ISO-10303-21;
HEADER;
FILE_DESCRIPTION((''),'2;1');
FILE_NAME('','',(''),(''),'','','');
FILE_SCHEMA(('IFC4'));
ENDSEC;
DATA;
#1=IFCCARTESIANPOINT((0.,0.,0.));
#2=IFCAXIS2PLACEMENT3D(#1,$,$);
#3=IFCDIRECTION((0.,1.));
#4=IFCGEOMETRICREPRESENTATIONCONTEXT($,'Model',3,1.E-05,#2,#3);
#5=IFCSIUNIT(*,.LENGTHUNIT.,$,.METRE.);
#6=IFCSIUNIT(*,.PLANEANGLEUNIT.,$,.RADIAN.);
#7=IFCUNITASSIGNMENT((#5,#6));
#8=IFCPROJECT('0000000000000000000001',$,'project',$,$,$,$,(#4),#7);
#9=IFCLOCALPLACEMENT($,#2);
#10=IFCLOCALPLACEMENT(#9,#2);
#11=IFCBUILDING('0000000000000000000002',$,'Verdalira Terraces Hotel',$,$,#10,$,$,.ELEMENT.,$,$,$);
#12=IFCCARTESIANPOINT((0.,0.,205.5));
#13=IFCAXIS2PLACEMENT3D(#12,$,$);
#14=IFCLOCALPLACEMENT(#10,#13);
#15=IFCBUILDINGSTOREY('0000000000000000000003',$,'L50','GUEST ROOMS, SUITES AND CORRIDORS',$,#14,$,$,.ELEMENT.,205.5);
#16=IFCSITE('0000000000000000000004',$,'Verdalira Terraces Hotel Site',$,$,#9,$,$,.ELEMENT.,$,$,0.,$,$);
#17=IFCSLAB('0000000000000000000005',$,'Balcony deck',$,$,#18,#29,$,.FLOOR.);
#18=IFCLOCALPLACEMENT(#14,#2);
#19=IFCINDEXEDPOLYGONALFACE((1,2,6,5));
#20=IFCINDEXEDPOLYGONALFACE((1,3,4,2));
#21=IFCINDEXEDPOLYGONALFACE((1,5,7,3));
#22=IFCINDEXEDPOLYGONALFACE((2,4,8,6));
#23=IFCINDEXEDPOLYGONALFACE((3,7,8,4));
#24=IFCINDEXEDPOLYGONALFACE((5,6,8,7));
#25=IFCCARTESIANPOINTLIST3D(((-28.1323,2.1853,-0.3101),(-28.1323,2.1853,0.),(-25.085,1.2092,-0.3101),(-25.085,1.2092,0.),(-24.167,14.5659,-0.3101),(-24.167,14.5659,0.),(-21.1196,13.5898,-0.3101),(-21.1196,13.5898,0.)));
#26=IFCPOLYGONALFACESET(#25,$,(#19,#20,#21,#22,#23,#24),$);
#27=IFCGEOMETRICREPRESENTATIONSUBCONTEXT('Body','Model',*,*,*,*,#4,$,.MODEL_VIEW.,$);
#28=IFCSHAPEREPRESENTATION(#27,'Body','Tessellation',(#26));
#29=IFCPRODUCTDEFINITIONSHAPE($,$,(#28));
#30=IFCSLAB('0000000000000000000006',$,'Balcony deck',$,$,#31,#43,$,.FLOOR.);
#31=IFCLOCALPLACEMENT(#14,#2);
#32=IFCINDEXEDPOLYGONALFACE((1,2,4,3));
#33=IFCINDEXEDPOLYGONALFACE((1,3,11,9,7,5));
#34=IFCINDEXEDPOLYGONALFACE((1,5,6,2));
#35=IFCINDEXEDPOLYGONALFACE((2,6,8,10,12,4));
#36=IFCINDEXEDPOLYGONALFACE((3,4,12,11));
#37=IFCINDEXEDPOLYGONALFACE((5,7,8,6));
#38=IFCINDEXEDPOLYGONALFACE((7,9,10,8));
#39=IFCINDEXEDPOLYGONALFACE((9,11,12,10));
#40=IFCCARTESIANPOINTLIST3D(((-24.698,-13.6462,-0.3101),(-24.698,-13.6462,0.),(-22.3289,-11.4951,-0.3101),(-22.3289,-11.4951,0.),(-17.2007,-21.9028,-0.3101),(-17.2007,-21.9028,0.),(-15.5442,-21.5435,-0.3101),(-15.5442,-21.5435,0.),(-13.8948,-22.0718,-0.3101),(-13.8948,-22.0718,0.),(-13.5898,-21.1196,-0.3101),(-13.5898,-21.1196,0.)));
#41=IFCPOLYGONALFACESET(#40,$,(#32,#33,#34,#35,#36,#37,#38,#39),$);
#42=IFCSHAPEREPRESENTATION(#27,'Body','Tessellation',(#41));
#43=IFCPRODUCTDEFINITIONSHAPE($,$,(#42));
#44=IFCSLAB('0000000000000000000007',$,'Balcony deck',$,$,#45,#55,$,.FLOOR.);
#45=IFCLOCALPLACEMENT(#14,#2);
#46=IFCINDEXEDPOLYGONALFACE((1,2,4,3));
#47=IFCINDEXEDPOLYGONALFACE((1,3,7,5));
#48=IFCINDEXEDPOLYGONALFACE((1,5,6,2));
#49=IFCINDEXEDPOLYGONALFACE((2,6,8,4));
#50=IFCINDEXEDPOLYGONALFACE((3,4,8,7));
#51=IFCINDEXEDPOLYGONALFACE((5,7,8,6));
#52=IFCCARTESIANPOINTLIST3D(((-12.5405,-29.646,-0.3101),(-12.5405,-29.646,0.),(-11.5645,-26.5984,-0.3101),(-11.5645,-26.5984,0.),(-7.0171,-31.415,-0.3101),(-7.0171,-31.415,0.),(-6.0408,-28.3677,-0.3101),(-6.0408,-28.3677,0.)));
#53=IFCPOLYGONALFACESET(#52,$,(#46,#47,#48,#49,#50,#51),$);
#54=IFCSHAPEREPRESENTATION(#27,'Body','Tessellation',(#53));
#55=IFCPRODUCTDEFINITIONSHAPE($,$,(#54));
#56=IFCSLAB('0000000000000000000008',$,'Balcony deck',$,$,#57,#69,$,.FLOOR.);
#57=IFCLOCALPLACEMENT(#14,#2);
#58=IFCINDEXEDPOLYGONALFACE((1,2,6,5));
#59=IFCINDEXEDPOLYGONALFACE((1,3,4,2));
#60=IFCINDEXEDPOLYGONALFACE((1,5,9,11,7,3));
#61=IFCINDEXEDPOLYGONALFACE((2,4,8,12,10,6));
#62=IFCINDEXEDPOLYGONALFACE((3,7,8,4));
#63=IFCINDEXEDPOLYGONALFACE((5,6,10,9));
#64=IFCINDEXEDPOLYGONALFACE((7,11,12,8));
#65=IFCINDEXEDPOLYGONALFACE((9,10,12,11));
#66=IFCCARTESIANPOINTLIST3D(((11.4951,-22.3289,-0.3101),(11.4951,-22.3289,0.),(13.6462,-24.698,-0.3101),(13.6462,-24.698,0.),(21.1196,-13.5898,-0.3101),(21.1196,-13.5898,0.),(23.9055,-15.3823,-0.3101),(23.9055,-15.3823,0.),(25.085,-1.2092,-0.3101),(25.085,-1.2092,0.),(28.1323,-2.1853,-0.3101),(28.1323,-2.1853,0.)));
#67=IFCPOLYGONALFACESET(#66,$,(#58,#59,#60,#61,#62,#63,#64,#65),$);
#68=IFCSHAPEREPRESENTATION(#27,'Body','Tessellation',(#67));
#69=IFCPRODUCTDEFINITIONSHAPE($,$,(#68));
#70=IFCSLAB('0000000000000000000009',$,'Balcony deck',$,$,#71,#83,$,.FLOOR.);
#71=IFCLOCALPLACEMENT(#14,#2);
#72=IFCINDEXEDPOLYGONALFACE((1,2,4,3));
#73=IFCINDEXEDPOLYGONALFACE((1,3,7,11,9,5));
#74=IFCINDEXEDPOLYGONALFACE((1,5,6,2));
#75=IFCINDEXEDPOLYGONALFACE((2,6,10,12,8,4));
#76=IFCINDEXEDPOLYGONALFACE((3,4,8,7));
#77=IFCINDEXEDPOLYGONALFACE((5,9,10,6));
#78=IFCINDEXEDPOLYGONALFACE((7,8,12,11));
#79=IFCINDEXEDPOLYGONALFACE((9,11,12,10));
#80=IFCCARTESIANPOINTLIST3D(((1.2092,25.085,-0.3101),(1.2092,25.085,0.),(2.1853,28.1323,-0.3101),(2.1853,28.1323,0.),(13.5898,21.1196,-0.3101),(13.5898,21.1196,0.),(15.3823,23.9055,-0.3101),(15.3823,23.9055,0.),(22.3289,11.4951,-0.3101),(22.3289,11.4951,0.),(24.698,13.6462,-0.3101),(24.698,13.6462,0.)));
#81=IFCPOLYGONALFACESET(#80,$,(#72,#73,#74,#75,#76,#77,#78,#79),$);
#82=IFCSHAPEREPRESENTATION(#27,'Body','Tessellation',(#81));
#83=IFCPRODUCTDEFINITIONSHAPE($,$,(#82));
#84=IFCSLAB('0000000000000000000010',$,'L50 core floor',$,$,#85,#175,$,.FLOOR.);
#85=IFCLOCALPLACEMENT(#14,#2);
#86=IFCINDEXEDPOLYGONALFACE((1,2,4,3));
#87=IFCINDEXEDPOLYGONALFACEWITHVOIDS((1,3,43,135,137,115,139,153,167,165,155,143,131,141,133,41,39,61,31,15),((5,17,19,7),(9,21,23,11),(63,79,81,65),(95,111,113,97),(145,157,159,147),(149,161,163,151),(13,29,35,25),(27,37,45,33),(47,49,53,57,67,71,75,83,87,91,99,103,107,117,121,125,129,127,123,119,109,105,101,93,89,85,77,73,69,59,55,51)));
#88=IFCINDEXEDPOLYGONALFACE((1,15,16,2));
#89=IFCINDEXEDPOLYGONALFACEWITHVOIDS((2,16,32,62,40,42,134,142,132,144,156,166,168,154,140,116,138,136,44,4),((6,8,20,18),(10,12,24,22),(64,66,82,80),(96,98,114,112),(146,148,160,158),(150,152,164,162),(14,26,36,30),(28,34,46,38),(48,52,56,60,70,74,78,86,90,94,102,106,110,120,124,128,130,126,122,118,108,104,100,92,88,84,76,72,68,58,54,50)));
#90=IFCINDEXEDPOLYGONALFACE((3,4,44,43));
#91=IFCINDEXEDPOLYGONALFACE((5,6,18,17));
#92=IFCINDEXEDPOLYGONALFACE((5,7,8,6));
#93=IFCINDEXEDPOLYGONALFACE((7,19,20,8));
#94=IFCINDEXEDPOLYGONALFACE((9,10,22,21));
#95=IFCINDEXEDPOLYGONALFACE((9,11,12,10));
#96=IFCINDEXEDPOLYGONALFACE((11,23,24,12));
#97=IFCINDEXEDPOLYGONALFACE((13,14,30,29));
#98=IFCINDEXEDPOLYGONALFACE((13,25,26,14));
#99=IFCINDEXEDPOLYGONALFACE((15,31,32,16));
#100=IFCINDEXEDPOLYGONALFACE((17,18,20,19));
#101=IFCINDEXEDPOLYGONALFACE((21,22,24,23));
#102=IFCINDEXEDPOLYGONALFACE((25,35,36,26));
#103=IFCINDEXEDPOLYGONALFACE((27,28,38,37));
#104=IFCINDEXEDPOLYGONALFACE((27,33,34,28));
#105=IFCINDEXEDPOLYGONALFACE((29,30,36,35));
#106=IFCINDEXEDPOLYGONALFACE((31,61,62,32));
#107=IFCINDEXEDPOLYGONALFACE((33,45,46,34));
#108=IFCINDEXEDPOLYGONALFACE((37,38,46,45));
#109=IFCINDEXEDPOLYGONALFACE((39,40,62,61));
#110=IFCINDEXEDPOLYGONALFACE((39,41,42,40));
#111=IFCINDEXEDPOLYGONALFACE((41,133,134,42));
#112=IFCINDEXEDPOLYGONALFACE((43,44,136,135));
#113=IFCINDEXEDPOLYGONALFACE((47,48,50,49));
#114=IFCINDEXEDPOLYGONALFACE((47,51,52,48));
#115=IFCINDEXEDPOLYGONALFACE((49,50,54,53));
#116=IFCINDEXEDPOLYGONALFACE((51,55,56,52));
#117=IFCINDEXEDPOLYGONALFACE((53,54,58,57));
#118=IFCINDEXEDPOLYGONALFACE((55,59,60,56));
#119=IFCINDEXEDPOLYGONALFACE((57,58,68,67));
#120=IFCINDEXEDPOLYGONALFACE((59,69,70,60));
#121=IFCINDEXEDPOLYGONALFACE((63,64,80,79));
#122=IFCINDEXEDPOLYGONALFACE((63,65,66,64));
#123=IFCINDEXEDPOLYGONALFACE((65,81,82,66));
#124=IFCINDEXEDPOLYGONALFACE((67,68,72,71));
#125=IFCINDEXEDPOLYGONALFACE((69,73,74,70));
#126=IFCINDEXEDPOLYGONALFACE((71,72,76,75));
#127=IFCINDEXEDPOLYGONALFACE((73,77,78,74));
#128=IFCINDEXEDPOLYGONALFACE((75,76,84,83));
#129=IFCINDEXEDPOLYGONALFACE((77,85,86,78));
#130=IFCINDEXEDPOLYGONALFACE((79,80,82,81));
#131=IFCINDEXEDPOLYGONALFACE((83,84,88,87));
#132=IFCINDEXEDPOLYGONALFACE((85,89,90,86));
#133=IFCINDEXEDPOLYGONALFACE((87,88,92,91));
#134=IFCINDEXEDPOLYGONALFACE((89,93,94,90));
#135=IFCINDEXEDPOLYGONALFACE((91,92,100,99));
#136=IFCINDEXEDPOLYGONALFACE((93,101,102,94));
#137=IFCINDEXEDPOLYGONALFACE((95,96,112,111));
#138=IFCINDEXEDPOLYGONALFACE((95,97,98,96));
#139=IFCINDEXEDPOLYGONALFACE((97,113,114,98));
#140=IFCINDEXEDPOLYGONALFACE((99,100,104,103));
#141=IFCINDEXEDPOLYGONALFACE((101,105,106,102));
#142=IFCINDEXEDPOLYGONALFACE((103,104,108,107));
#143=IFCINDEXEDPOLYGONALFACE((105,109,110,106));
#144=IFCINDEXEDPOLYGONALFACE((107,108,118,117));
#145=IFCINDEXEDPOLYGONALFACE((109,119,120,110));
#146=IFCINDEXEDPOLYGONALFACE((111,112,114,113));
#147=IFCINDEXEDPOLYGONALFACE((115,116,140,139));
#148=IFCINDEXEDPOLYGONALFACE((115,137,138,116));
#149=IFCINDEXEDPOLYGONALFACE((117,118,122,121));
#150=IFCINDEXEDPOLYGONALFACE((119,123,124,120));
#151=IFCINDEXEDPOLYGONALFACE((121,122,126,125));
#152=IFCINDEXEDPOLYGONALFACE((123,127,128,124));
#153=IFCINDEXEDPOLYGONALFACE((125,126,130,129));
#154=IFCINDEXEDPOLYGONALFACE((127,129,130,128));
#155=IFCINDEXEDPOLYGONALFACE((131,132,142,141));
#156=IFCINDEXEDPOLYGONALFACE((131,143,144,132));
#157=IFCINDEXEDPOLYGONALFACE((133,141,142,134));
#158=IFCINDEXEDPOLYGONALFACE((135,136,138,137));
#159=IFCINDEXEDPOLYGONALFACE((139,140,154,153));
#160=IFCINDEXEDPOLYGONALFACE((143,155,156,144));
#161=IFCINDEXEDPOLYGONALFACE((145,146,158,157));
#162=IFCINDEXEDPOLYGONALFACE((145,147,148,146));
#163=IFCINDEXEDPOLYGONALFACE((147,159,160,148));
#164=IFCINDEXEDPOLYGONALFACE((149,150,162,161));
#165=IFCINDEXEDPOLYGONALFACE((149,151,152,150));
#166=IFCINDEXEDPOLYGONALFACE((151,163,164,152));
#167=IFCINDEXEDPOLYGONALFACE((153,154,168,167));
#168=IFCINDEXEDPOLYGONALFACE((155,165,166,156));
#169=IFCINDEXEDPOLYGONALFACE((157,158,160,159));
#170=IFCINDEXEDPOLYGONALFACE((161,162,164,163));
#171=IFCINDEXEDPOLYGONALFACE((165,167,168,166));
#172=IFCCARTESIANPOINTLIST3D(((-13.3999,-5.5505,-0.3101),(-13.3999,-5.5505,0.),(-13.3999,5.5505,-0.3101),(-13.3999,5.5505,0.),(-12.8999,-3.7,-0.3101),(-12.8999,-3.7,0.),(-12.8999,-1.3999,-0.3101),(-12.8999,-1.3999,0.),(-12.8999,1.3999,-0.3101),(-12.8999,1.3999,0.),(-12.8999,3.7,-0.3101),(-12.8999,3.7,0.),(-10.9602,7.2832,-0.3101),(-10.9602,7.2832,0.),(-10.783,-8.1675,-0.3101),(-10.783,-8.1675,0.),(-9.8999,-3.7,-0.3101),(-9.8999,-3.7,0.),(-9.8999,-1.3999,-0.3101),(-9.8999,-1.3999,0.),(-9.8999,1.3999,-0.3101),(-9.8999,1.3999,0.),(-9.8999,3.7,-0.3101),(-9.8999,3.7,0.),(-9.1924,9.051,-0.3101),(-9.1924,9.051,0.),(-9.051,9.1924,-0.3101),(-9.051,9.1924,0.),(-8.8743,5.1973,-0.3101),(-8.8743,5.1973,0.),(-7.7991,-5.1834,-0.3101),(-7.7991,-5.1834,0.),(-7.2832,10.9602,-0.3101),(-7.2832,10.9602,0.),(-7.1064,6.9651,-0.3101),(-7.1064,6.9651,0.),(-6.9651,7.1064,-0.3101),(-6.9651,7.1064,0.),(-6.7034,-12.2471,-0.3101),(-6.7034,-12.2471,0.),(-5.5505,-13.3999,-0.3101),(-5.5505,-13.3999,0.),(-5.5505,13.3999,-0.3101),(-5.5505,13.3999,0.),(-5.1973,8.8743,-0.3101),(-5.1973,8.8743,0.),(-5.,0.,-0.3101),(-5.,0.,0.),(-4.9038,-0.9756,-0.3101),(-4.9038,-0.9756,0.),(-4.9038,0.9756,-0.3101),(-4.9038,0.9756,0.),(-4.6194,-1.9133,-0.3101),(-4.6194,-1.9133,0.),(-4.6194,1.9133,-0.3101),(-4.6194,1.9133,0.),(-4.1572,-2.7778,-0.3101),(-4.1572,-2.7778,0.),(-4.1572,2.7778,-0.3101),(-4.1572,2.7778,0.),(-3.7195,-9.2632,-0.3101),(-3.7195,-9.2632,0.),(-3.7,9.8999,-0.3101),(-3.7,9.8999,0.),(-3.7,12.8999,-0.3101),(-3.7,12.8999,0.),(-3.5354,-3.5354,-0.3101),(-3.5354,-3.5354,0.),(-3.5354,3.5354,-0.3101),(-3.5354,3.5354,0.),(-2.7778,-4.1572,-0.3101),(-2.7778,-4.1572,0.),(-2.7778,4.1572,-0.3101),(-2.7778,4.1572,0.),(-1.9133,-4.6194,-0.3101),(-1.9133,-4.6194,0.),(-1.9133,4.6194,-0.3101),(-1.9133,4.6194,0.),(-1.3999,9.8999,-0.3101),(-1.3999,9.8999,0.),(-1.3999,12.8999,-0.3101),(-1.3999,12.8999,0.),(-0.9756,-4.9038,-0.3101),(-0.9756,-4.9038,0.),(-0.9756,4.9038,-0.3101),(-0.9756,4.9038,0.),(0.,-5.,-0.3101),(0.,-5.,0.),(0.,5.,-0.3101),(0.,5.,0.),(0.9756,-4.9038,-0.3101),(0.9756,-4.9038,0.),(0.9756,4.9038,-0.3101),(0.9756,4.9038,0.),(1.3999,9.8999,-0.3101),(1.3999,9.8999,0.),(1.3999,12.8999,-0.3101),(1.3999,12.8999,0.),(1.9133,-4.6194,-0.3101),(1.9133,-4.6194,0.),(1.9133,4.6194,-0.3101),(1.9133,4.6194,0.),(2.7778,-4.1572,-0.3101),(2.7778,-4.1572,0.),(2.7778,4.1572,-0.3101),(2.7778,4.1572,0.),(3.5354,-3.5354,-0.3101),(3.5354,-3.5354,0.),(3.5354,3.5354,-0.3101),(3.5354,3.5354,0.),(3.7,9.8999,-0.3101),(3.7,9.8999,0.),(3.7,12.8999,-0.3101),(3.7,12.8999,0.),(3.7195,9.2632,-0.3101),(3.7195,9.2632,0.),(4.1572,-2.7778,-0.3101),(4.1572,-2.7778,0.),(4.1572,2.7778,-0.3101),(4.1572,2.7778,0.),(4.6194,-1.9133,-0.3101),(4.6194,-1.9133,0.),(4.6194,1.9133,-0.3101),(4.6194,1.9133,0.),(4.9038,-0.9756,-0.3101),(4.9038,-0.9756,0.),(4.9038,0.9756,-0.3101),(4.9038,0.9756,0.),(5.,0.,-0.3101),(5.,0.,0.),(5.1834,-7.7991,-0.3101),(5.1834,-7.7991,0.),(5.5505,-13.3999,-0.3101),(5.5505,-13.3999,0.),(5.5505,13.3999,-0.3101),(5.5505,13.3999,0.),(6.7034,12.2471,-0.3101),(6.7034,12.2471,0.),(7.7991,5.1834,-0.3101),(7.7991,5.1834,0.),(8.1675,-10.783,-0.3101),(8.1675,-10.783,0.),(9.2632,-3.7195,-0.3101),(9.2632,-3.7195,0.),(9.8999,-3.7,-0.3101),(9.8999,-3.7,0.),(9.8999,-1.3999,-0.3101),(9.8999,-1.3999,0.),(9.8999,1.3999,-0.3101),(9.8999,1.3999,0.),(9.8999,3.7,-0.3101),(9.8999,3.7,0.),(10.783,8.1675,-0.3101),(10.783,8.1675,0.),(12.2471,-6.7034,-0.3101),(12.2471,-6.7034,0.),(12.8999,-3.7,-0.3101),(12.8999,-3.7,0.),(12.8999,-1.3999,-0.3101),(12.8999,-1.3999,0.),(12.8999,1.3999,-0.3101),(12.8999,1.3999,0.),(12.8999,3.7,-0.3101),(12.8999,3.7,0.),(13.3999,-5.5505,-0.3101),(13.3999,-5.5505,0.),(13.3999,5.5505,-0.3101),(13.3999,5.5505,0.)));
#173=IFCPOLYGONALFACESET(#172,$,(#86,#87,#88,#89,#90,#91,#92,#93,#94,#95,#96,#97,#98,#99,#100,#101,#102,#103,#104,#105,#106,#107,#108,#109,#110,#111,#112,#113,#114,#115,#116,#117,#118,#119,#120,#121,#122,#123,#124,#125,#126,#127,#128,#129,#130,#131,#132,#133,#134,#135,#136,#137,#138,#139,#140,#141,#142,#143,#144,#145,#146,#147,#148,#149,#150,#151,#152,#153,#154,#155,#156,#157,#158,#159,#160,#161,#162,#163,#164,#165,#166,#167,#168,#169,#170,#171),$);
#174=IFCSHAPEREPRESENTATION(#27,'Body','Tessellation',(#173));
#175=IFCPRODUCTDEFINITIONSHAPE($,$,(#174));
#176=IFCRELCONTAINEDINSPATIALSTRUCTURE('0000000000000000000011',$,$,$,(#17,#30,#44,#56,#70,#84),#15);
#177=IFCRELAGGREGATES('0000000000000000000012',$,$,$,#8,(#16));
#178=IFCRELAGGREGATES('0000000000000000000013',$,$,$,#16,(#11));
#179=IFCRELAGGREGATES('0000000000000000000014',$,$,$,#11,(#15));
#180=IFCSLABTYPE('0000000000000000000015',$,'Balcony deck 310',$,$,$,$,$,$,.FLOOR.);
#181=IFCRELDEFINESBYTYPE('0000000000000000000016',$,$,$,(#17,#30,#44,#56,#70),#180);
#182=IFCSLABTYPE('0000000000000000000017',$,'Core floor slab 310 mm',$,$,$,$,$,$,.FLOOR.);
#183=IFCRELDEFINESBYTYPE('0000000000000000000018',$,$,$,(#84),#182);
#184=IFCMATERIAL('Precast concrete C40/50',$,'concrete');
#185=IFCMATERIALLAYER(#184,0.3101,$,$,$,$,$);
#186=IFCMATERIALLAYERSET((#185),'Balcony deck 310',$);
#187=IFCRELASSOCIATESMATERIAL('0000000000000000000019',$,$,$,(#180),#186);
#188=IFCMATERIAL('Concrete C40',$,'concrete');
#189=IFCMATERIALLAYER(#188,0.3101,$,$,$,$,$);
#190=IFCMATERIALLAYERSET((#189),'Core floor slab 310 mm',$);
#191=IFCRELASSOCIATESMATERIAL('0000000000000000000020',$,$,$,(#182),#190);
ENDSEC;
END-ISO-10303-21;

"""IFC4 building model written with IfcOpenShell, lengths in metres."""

from ifc_helpers import new_model, si_unit, direction, frame, origin, place, context, subcontext, project, spatial, polyline, outline, extrude, material, layer, layer_set, type_object, element, save


model = new_model("IFC4")

# Units and contexts
model_context = context("Model", 3, precision=1e-05, world=origin(), true_north=direction((0.0, 1.0)))
body_context = subcontext(model_context, "Body", "Model", "MODEL_VIEW")
ifc_project = project(units=[si_unit("LENGTHUNIT", "METRE"), si_unit("PLANEANGLEUNIT", "RADIAN")], contexts=[model_context])

# Site, building, storey
site_placement = place(None, origin())
site = spatial("IfcSite", under=ifc_project, at=site_placement, Name="Verdalira Terraces Hotel Site", CompositionType="ELEMENT", RefElevation=0.0)
building_placement = place(site_placement, origin())
building = spatial("IfcBuilding", under=site, at=building_placement, Name="Verdalira Terraces Hotel", CompositionType="ELEMENT")
storey_placement = place(building_placement, frame((0.0, 0.0, 205.5)))
storey = spatial("IfcBuildingStorey", under=building, at=storey_placement, Name="L50", Description="GUEST ROOMS, SUITES AND CORRIDORS", CompositionType="ELEMENT", Elevation=205.5)

# Slabs
ifc_material_1 = material(Name="Precast concrete C40/50", Category="concrete")
ifc_layer_1 = layer(ifc_material_1, 0.3101)
ifc_layer_set_1 = layer_set([ifc_layer_1], Name="Balcony deck 310")
slab_type_1 = type_object("IfcSlabType", Name="Balcony deck 310", PredefinedType="FLOOR", material=ifc_layer_set_1)
slab_1_placement = place(storey_placement, frame((0.0, 0.0, -0.3101)))
element("IfcSlab", 1, at=slab_1_placement, inside=storey, type_object=slab_type_1, Name="Balcony deck", PredefinedType="FLOOR", context=body_context, shape_type="SweptSolid", body=[
    extrude(outline(polyline([(-28.1323, 2.1853), (-25.085, 1.2092), (-21.1196, 13.5898), (-24.167, 14.5659), (-28.1323, 2.1853)])), origin(), (0.0, 0.0, 1.0), 0.3101),
])
slab_2_placement = place(storey_placement, frame((0.0, 0.0, -0.3101)))
element("IfcSlab", 2, at=slab_2_placement, inside=storey, type_object=slab_type_1, Name="Balcony deck", PredefinedType="FLOOR", context=body_context, shape_type="SweptSolid", body=[
    extrude(outline(polyline([(-24.698, -13.6462), (-17.2007, -21.9028), (-15.5442, -21.5435), (-13.8948, -22.0718), (-13.5898, -21.1196), (-22.3289, -11.4951), (-24.698, -13.6462)])), origin(), (0.0, 0.0, 1.0), 0.3101),
])
slab_3_placement = place(storey_placement, frame((0.0, 0.0, -0.3101)))
element("IfcSlab", 3, at=slab_3_placement, inside=storey, type_object=slab_type_1, Name="Balcony deck", PredefinedType="FLOOR", context=body_context, shape_type="SweptSolid", body=[
    extrude(outline(polyline([(-7.0171, -31.415), (-6.0408, -28.3677), (-11.5645, -26.5984), (-12.5405, -29.646), (-7.0171, -31.415)])), origin(), (0.0, 0.0, 1.0), 0.3101),
])
slab_4_placement = place(storey_placement, frame((0.0, 0.0, -0.3101)))
element("IfcSlab", 4, at=slab_4_placement, inside=storey, type_object=slab_type_1, Name="Balcony deck", PredefinedType="FLOOR", context=body_context, shape_type="SweptSolid", body=[
    extrude(outline(polyline([(28.1323, -2.1853), (25.085, -1.2092), (21.1196, -13.5898), (11.4951, -22.3289), (13.6462, -24.698), (23.9055, -15.3823), (28.1323, -2.1853)])), origin(), (0.0, 0.0, 1.0), 0.3101),
])
slab_5_placement = place(storey_placement, frame((0.0, 0.0, -0.3101)))
element("IfcSlab", 5, at=slab_5_placement, inside=storey, type_object=slab_type_1, Name="Balcony deck", PredefinedType="FLOOR", context=body_context, shape_type="SweptSolid", body=[
    extrude(outline(polyline([(2.1853, 28.1323), (1.2092, 25.085), (13.5898, 21.1196), (22.3289, 11.4951), (24.698, 13.6462), (15.3823, 23.9055), (2.1853, 28.1323)])), origin(), (0.0, 0.0, 1.0), 0.3101),
])
ifc_material_2 = material(Name="Concrete C40", Category="concrete")
ifc_layer_2 = layer(ifc_material_2, 0.3101)
ifc_layer_set_2 = layer_set([ifc_layer_2], Name="Core floor slab 310 mm")
slab_type_2 = type_object("IfcSlabType", Name="Core floor slab 310 mm", PredefinedType="FLOOR", material=ifc_layer_set_2)
slab_6_placement = place(storey_placement, frame((0.0, 0.0, -0.3101)))
element("IfcSlab", 6, at=slab_6_placement, inside=storey, type_object=slab_type_2, Name="L50 core floor", PredefinedType="FLOOR", context=body_context, shape_type="SweptSolid", body=[
    extrude(outline(polyline([(-6.7034, -12.2471), (-3.7195, -9.2632), (-7.7991, -5.1833), (-10.783, -8.1675), (-13.3999, -5.5505), (-13.3999, 5.5505), (-5.5505, 13.3999), (5.5505, 13.3999), (6.7034, 12.2471), (3.7195, 9.2632), (7.7991, 5.1833), (10.783, 8.1675), (13.3999, 5.5505), (13.3999, -5.5505), (12.2471, -6.7034), (9.2632, -3.7195), (5.1833, -7.7991), (8.1675, -10.783), (5.5505, -13.3999), (-5.5505, -13.3999), (-6.7034, -12.2471)]), holes=[polyline([(9.8999, -1.3999), (9.8999, -3.7), (12.8999, -3.7), (12.8999, -1.3999), (9.8999, -1.3999)]), polyline([(9.8999, 3.7), (9.8999, 1.3999), (12.8999, 1.3999), (12.8999, 3.7), (9.8999, 3.7)]), polyline([(3.7, 12.8999), (1.3999, 12.8999), (1.3999, 9.8999), (3.7, 9.8999), (3.7, 12.8999)]), polyline([(-1.3999, 12.8999), (-3.7, 12.8999), (-3.7, 9.8999), (-1.3999, 9.8999), (-1.3999, 12.8999)]), polyline([(-9.8999, 1.3999), (-9.8999, 3.7), (-12.8999, 3.7), (-12.8999, 1.3999), (-9.8999, 1.3999)]), polyline([(-9.8999, -3.7), (-9.8999, -1.3999), (-12.8999, -1.3999), (-12.8999, -3.7), (-9.8999, -3.7)]), polyline([(-9.051, 9.1924), (-6.9651, 7.1064), (-5.1973, 8.8743), (-7.2832, 10.9602), (-9.051, 9.1924)]), polyline([(-9.1924, 9.051), (-10.9602, 7.2832), (-8.8743, 5.1973), (-7.1064, 6.9651), (-9.1924, 9.051)]), polyline([(3.5354, 3.5354), (2.7778, 4.1572), (1.9133, 4.6194), (0.9756, 4.9038), (0.0, 5.0), (-0.9756, 4.9038), (-1.9133, 4.6194), (-2.7778, 4.1572), (-3.5354, 3.5354), (-4.1572, 2.7778), (-4.6194, 1.9133), (-4.9038, 0.9756), (-5.0, 0.0), (-4.9038, -0.9756), (-4.6194, -1.9133), (-4.1572, -2.7778), (-3.5354, -3.5354), (-2.7778, -4.1572), (-1.9133, -4.6194), (-0.9756, -4.9038), (0.0, -5.0), (0.9756, -4.9038), (1.9133, -4.6194), (2.7778, -4.1572), (3.5354, -3.5354), (4.1572, -2.7778), (4.6194, -1.9133), (4.9038, -0.9756), (5.0, 0.0), (4.9038, 0.9756), (4.6194, 1.9133), (4.1572, 2.7778), (3.5354, 3.5354)])]), origin(), (0.0, 0.0, 1.0), 0.3101),
])

save(model, "model.ifc")
